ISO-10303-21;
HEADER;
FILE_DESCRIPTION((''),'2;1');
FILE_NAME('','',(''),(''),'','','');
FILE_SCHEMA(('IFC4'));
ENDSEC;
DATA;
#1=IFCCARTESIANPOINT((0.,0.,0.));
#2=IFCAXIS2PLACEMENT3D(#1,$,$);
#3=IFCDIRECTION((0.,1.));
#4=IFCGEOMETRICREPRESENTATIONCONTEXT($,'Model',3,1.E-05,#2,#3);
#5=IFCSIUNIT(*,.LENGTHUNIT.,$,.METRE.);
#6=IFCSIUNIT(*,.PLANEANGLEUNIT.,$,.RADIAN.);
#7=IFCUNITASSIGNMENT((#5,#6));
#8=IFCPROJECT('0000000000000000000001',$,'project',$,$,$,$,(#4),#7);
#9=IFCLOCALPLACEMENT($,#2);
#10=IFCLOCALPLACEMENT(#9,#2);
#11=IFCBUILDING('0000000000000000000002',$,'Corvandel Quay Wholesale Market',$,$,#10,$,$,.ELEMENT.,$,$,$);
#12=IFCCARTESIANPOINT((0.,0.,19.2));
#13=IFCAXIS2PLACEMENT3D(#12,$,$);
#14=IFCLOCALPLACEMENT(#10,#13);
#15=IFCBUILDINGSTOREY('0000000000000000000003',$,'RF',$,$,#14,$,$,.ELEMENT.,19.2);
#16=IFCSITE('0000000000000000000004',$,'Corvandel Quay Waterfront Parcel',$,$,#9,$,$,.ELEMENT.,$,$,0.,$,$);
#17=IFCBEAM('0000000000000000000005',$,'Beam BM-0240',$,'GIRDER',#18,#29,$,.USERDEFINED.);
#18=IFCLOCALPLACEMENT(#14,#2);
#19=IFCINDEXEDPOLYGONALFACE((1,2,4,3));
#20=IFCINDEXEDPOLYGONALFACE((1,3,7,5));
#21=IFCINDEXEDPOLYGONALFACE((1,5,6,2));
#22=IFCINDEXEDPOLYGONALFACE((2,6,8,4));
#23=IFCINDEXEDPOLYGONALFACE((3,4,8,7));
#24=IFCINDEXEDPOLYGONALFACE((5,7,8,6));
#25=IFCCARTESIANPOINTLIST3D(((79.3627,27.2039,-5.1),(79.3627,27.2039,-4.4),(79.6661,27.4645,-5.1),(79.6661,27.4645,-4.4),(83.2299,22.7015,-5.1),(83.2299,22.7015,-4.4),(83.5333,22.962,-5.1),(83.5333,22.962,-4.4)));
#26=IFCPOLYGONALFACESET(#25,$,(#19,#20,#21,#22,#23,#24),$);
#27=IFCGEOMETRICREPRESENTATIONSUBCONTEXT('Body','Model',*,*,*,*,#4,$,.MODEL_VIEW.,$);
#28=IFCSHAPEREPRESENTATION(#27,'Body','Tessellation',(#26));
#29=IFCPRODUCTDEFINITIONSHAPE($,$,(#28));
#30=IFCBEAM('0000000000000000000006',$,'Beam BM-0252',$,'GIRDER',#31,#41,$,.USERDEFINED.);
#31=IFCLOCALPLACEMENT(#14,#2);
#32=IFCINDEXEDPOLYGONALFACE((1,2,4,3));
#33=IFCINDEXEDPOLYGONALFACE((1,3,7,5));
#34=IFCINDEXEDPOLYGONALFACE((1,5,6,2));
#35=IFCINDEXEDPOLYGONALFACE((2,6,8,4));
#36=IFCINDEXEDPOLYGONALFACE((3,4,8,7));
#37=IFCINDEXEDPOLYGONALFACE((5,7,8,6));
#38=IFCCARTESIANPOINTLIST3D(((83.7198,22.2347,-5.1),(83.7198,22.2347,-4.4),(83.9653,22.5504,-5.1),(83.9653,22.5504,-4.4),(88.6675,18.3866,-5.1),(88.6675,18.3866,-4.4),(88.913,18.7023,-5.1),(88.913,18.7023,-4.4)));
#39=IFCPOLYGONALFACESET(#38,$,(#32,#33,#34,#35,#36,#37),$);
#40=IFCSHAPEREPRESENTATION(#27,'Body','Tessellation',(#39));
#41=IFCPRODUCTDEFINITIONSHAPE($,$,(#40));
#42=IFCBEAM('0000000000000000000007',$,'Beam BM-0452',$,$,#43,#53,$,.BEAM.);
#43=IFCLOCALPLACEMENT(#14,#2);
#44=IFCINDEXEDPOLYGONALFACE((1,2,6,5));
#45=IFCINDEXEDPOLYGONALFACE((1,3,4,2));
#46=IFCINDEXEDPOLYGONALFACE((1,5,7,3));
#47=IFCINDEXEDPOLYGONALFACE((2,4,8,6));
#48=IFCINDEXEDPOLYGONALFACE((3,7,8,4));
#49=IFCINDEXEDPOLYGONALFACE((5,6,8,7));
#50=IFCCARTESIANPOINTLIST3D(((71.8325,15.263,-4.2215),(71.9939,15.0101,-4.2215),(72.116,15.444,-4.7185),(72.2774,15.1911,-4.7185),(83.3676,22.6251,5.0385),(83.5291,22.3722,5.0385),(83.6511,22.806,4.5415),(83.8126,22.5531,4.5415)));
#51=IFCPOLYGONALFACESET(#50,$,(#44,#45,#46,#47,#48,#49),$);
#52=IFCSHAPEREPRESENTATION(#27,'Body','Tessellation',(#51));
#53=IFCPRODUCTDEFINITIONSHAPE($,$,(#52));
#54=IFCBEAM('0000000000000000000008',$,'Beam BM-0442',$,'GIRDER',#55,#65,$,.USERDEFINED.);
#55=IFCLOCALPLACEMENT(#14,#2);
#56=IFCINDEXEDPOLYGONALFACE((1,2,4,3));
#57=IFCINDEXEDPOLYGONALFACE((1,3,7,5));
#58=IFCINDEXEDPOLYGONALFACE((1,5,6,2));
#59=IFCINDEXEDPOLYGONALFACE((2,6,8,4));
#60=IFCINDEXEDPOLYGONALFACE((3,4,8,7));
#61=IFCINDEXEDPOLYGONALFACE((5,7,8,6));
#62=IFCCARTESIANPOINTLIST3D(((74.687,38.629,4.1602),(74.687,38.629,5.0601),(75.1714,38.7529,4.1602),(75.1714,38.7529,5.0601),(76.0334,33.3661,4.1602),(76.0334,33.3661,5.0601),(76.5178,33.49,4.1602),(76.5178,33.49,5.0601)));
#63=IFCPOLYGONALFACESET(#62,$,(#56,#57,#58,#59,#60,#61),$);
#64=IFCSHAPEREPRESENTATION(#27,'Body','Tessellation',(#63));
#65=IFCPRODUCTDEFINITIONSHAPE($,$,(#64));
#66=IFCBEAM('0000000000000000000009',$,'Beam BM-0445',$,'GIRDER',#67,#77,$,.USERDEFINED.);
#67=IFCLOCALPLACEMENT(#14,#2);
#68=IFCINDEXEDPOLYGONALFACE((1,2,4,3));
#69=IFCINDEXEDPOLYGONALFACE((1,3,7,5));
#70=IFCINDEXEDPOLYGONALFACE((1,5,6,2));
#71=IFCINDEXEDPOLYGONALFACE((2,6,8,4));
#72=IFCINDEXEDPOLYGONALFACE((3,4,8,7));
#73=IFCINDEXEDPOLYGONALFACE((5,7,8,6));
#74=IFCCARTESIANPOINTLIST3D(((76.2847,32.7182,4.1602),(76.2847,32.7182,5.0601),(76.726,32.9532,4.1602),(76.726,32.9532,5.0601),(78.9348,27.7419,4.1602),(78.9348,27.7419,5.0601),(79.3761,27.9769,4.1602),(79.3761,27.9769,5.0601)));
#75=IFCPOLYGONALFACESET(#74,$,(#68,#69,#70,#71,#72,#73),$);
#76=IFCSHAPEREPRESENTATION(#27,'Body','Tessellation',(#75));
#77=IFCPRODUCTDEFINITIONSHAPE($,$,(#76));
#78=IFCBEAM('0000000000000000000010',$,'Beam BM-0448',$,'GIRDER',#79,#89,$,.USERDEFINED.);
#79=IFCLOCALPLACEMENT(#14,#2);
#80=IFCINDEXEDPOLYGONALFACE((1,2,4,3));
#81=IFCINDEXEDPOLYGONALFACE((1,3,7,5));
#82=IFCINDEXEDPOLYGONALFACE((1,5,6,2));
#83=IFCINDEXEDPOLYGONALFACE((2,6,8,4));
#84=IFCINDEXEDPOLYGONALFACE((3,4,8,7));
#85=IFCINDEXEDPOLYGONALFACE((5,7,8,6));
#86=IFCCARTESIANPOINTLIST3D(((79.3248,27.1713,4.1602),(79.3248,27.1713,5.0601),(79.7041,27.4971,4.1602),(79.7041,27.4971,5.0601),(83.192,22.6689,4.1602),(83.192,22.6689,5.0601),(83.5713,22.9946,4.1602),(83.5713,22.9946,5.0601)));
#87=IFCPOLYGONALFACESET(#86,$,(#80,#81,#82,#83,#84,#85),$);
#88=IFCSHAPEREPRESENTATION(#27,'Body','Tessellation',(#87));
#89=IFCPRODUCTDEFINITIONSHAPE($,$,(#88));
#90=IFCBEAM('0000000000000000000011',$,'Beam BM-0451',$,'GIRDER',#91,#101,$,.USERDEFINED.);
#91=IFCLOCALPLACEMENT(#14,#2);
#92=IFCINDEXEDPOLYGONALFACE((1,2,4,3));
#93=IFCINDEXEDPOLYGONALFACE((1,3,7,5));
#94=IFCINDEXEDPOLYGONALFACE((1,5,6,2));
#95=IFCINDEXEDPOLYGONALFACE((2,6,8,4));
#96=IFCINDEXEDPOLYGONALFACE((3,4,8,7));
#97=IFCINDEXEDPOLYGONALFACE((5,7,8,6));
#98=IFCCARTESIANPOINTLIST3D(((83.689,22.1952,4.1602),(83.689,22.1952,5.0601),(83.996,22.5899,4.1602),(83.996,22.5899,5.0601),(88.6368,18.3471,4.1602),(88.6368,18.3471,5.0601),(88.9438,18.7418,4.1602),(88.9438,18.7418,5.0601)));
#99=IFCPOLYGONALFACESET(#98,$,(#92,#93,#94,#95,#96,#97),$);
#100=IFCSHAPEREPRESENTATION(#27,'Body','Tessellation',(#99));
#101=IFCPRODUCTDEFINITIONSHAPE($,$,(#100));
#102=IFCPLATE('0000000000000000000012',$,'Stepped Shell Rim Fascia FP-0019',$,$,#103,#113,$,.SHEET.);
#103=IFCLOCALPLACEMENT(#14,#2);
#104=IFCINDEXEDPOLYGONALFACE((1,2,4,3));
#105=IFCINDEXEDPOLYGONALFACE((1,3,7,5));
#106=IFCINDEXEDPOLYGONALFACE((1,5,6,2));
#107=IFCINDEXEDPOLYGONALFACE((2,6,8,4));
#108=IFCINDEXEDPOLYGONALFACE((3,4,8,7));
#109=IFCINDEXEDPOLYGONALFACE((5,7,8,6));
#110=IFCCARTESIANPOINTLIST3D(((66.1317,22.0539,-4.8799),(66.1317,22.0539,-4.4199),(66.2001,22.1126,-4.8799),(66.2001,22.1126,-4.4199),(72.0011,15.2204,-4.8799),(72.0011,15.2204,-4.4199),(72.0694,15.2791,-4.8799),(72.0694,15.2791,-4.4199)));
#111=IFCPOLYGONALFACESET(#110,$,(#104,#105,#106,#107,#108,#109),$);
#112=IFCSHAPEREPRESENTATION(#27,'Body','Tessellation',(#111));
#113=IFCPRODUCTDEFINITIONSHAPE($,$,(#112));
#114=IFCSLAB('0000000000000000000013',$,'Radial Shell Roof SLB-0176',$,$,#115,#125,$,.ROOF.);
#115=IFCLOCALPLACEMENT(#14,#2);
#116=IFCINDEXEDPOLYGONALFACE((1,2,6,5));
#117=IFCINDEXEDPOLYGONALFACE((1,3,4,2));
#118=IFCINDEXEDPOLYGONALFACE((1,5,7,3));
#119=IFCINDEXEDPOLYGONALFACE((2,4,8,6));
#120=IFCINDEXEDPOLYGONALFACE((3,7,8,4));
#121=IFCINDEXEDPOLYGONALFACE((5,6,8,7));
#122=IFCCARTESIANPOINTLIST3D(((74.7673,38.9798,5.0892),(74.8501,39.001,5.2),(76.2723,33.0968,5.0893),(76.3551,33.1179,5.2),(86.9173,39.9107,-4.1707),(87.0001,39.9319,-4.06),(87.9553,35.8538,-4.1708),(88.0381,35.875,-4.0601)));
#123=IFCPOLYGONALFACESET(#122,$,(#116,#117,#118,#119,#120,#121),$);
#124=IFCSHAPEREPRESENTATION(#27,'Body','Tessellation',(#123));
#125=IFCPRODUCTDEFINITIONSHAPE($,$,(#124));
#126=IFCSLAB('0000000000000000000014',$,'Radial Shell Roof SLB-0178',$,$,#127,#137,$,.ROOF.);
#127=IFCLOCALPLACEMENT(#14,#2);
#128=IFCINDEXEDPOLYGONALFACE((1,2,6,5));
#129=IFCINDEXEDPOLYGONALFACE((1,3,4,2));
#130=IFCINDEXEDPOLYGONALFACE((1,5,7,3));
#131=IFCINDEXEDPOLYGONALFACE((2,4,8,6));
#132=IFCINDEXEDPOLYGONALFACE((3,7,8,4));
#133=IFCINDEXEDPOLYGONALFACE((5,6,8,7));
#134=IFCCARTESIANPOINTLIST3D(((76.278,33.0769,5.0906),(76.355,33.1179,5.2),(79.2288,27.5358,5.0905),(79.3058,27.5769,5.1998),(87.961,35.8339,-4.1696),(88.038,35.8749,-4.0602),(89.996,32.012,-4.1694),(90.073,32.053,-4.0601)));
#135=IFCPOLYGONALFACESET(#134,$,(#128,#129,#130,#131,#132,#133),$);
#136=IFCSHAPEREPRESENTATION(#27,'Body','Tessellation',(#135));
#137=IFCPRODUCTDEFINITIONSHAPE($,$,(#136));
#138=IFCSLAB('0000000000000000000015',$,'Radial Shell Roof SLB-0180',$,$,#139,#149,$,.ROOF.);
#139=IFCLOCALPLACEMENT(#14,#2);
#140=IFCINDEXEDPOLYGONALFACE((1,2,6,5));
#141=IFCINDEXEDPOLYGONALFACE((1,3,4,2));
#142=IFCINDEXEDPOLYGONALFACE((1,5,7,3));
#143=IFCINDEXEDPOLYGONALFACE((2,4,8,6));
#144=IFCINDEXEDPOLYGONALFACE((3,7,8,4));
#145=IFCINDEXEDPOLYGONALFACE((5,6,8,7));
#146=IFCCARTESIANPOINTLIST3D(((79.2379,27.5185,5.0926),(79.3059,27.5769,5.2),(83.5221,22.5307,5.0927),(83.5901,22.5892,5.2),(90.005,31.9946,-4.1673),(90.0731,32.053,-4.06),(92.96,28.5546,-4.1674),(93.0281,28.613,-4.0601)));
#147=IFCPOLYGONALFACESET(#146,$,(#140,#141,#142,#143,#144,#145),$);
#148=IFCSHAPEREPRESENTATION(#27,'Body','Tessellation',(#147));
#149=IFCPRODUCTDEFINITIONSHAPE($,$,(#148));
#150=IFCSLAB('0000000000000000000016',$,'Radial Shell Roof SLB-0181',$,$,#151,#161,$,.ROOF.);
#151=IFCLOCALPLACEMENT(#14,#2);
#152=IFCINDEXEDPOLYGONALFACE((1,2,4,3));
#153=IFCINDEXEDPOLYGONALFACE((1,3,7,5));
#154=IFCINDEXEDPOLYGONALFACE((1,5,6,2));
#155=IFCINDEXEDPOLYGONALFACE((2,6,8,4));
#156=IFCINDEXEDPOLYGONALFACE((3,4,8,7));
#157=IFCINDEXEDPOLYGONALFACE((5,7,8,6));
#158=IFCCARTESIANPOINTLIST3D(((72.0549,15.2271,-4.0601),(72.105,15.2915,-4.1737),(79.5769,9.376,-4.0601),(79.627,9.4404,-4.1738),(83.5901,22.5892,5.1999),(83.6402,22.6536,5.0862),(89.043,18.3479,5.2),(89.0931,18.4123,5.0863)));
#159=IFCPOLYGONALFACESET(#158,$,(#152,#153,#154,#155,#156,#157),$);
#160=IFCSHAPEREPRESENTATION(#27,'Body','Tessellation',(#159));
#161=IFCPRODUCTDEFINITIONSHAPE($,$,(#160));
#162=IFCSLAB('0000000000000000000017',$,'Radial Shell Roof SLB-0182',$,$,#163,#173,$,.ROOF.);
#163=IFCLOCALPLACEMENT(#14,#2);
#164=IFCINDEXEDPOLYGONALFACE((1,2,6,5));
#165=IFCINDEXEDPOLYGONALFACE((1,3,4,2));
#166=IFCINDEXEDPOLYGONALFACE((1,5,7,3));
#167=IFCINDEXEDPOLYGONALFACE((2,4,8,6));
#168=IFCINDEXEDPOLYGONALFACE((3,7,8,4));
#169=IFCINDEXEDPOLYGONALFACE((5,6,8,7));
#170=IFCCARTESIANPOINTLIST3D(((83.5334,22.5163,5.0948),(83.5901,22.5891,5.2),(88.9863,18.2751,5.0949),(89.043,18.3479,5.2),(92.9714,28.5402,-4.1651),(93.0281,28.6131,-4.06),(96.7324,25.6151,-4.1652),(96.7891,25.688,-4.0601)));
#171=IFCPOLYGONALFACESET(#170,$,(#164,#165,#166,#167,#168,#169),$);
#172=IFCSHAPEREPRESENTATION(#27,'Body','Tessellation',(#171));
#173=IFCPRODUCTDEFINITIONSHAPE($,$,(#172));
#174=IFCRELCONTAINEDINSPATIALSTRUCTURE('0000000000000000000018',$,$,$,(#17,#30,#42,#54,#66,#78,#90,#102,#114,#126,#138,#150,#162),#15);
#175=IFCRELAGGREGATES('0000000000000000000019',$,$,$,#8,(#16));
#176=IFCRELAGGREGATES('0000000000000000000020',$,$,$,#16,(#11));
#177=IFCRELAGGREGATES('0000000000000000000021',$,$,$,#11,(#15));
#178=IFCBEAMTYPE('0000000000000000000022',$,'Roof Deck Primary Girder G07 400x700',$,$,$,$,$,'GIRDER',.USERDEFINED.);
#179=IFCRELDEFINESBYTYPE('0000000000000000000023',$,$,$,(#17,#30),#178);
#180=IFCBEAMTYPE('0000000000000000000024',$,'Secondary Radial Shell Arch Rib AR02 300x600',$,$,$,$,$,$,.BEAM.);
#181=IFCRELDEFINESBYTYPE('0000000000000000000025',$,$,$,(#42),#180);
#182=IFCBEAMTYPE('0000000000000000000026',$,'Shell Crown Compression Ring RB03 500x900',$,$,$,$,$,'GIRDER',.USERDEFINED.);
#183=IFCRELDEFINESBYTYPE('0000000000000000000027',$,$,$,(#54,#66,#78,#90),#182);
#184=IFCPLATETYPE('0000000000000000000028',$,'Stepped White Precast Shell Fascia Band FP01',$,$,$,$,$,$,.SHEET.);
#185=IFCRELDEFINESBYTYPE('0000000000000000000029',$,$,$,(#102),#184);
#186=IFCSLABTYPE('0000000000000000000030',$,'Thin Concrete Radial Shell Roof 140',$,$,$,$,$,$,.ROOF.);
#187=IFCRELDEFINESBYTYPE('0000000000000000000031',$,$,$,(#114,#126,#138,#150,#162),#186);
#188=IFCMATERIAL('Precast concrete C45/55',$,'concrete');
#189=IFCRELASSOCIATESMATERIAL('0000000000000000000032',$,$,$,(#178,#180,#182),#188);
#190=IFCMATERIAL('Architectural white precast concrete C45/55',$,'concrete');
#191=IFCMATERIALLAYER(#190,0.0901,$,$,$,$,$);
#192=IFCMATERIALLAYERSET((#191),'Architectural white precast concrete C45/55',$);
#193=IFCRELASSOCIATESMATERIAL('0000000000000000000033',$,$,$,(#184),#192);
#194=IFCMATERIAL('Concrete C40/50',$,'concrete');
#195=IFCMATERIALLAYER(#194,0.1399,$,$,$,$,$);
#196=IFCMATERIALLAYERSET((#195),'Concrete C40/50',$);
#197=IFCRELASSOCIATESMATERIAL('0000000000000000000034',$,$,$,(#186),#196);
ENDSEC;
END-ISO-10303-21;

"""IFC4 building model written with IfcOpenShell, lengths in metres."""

from ifc_helpers import new_model, si_unit, direction, frame, origin, origin_2d, place, context, subcontext, project, spatial, polyline, rectangle, outline, extrude, material, layer, layer_set, material_profile, profile_set, type_object, element, save


model = new_model("IFC4")

# Units and contexts
model_context = context("Model", 3, precision=1e-05, world=origin(), true_north=direction((0.0, 1.0)))
body_context = subcontext(model_context, "Body", "Model", "MODEL_VIEW")
ifc_project = project(units=[si_unit("LENGTHUNIT", "METRE"), si_unit("PLANEANGLEUNIT", "RADIAN")], contexts=[model_context])

# Site, building, storey
site_placement = place(None, origin())
site = spatial("IfcSite", under=ifc_project, at=site_placement, Name="Corvandel Quay Waterfront Parcel", CompositionType="ELEMENT", RefElevation=0.0)
building_placement = place(site_placement, origin())
building = spatial("IfcBuilding", under=site, at=building_placement, Name="Corvandel Quay Wholesale Market", CompositionType="ELEMENT")
storey_placement = place(building_placement, frame((0.0, 0.0, 19.2)))
storey = spatial("IfcBuildingStorey", under=building, at=storey_placement, Name="RF", CompositionType="ELEMENT", Elevation=19.2)

# Shared definitions
ifc_material_1 = material(Name="Precast concrete C45/55", Category="concrete")

# Beams
ifc_material_profile_1 = material_profile(ifc_material_1, rectangle(XDim=0.3999, YDim=0.7, at=origin_2d()), Name="PC-GIR-400x700")
ifc_profile_set_1 = profile_set([ifc_material_profile_1], Name="Precast concrete C45/55")
beam_type_1 = type_object("IfcBeamType", Name="Roof Deck Primary Girder G07 400x700", ElementType="GIRDER", PredefinedType="USERDEFINED", material=ifc_profile_set_1)
beam_1_placement = place(storey_placement, frame((79.5144, 27.3342, -4.75), z_axis=(0.651563, -0.758594, 0.0), x_axis=(0.758594, 0.651563, 0.0)))
element("IfcBeam", 1, at=beam_1_placement, inside=storey, type_object=beam_type_1, Name="Beam BM-0240", ObjectType="GIRDER", PredefinedType="USERDEFINED", context=body_context, shape_type="SweptSolid", body=[
    extrude(rectangle(XDim=0.3999, YDim=0.7, at=origin_2d()), origin(), (0.0, 0.0, 1.0), 5.9353),
])
beam_2_placement = place(storey_placement, frame((83.8425, 22.3926, -4.75), z_axis=(0.789361, -0.61393, 0.0), x_axis=(0.61393, 0.789361, 0.0)))
element("IfcBeam", 2, at=beam_2_placement, inside=storey, type_object=beam_type_1, Name="Beam BM-0252", ObjectType="GIRDER", PredefinedType="USERDEFINED", context=body_context, shape_type="SweptSolid", body=[
    extrude(rectangle(XDim=0.3999, YDim=0.7, at=origin_2d()), origin(), (0.0, 0.0, 1.0), 6.2681),
])
ifc_material_profile_2 = material_profile(ifc_material_1, rectangle(XDim=0.3, YDim=0.6001, at=origin_2d()), Name="PC-RIB-300x600")
ifc_profile_set_2 = profile_set([ifc_material_profile_2], Name="Precast concrete C45/55")
beam_type_2 = type_object("IfcBeamType", Name="Secondary Radial Shell Arch Rib AR02 300x600", PredefinedType="BEAM", material=ifc_profile_set_2)
beam_3_placement = place(storey_placement, frame((72.0549, 15.2271, -4.47), z_axis=(0.69813, 0.445566, 0.560434), x_axis=(-0.537994, 0.842949, 0.0)))
element("IfcBeam", 3, at=beam_3_placement, inside=storey, type_object=beam_type_2, Name="Beam BM-0452", PredefinedType="BEAM", context=body_context, shape_type="SweptSolid", body=[
    extrude(rectangle(XDim=0.3, YDim=0.6001, at=origin_2d()), origin(), (0.0, 0.0, 1.0), 16.5229),
])
ifc_material_profile_3 = material_profile(ifc_material_1, rectangle(XDim=0.5, YDim=0.8999, at=origin_2d()), Name="PC-RING-500x900")
ifc_profile_set_3 = profile_set([ifc_material_profile_3], Name="Precast concrete C45/55")
beam_type_3 = type_object("IfcBeamType", Name="Shell Crown Compression Ring RB03 500x900", ElementType="GIRDER", PredefinedType="USERDEFINED", material=ifc_profile_set_3)
beam_4_placement = place(storey_placement, frame((74.9292, 38.6909, 4.6101), z_axis=(0.247851, -0.968798, 0.0), x_axis=(0.968798, 0.247851, 0.0)))
element("IfcBeam", 4, at=beam_4_placement, inside=storey, type_object=beam_type_3, Name="Beam BM-0442", ObjectType="GIRDER", PredefinedType="USERDEFINED", context=body_context, shape_type="SweptSolid", body=[
    extrude(rectangle(XDim=0.5, YDim=0.8999, at=origin_2d()), origin(), (0.0, 0.0, 1.0), 5.4324),
])
beam_5_placement = place(storey_placement, frame((76.5054, 32.8357, 4.6101), z_axis=(0.470051, -0.882639, 0.0), x_axis=(0.882639, 0.470051, 0.0)))
element("IfcBeam", 5, at=beam_5_placement, inside=storey, type_object=beam_type_3, Name="Beam BM-0445", ObjectType="GIRDER", PredefinedType="USERDEFINED", context=body_context, shape_type="SweptSolid", body=[
    extrude(rectangle(XDim=0.5, YDim=0.8999, at=origin_2d()), origin(), (0.0, 0.0, 1.0), 5.6379),
])
beam_6_placement = place(storey_placement, frame((79.5144, 27.3342, 4.6101), z_axis=(0.651563, -0.758594, 0.0), x_axis=(0.758594, 0.651563, 0.0)))
element("IfcBeam", 6, at=beam_6_placement, inside=storey, type_object=beam_type_3, Name="Beam BM-0448", ObjectType="GIRDER", PredefinedType="USERDEFINED", context=body_context, shape_type="SweptSolid", body=[
    extrude(rectangle(XDim=0.5, YDim=0.8999, at=origin_2d()), origin(), (0.0, 0.0, 1.0), 5.9353),
])
beam_7_placement = place(storey_placement, frame((83.8425, 22.3926, 4.6101), z_axis=(0.789361, -0.61393, 0.0), x_axis=(0.61393, 0.789361, 0.0)))
element("IfcBeam", 7, at=beam_7_placement, inside=storey, type_object=beam_type_3, Name="Beam BM-0451", ObjectType="GIRDER", PredefinedType="USERDEFINED", context=body_context, shape_type="SweptSolid", body=[
    extrude(rectangle(XDim=0.5, YDim=0.8999, at=origin_2d()), origin(), (0.0, 0.0, 1.0), 6.2681),
])

# Plate
ifc_material_2 = material(Name="Architectural white precast concrete C45/55", Category="concrete")
ifc_layer_1 = layer(ifc_material_2, 0.0901)
ifc_layer_set_1 = layer_set([ifc_layer_1], Name="Architectural white precast concrete C45/55")
plate_type = type_object("IfcPlateType", Name="Stepped White Precast Shell Fascia Band FP01", PredefinedType="SHEET", material=ifc_layer_set_1)
plate_placement = place(storey_placement, frame((69.1006, 18.6665, -4.8799), z_axis=(0.0, 0.0, 1.0), x_axis=(-0.651569, 0.758589, 0.0)))
element("IfcPlate", 8, at=plate_placement, inside=storey, type_object=plate_type, Name="Stepped Shell Rim Fascia FP-0019", PredefinedType="SHEET", context=body_context, shape_type="SweptSolid", body=[
    extrude(rectangle(XDim=9.0081, YDim=0.0901, at=origin_2d()), origin(), (0.0, 0.0, 1.0), 0.46),
])

# Slabs
ifc_material_3 = material(Name="Concrete C40/50", Category="concrete")
ifc_layer_2 = layer(ifc_material_3, 0.1399)
ifc_layer_set_2 = layer_set([ifc_layer_2], Name="Concrete C40/50")
slab_type = type_object("IfcSlabType", Name="Thin Concrete Radial Shell Roof 140", PredefinedType="ROOF", material=ifc_layer_set_2)
slab_1_placement = place(storey_placement, frame((74.8501, 39.001, 5.2), z_axis=(0.591807, 0.151404, 0.791733), x_axis=(0.247832, -0.968803, 0.000015)))
element("IfcSlab", 9, at=slab_1_placement, inside=storey, type_object=slab_type, Name="Radial Shell Roof SLB-0176", PredefinedType="ROOF", context=body_context, shape_type="SweptSolid", body=[
    extrude(outline(polyline([(0.0, 0.0), (6.0725, 0.0), (6.2967, 15.159), (2.1091, 15.1587), (0.0, 0.0)])), origin(), (0.0, 0.0, -1.0), 0.1399),
])
slab_2_placement = place(storey_placement, frame((76.355, 33.1179, 5.2), z_axis=(0.550441, 0.293111, 0.781729), x_axis=(0.470042, -0.882644, -0.000022)))
element("IfcSlab", 10, at=slab_2_placement, inside=storey, type_object=slab_type, Name="Radial Shell Roof SLB-0178", PredefinedType="ROOF", context=body_context, shape_type="SweptSolid", body=[
    extrude(outline(polyline([(0.0, 0.0), (6.2778, 0.0), (7.3882, 14.8486), (3.0582, 14.849), (0.0, 0.0)])), origin(), (0.0, 0.0, -1.0), 0.1399),
])
slab_3_placement = place(storey_placement, frame((79.3059, 27.5769, 5.2), z_axis=(0.486338, 0.417755, 0.767435), x_axis=(0.651582, -0.758578, 0.000013)))
element("IfcSlab", 11, at=slab_3_placement, inside=storey, type_object=slab_type, Name="Radial Shell Roof SLB-0180", PredefinedType="ROOF", context=body_context, shape_type="SweptSolid", body=[
    extrude(outline(polyline([(0.0, 0.0), (6.5751, 0.0), (8.155, 14.4435), (3.6201, 14.4433), (0.0, 0.0)])), origin(), (0.0, 0.0, -1.0), 0.1399),
])
slab_4_placement = place(storey_placement, frame((72.0549, 15.2271, -4.0601), z_axis=(-0.358151, -0.460446, 0.81223), x_axis=(0.789323, -0.613978, -0.000009)))
element("IfcSlab", 12, at=slab_4_placement, inside=storey, type_object=slab_type, Name="Radial Shell Roof SLB-0181", PredefinedType="ROOF", context=body_context, shape_type="SweptSolid", body=[
    extrude(outline(polyline([(0.0, 0.0), (9.5297, 0.0), (11.4928, 15.8744), (4.5847, 15.8741), (0.0, 0.0)])), origin(), (0.0, 0.0, -1.0), 0.1399),
])
slab_5_placement = place(storey_placement, frame((83.5901, 22.5891, 5.2), z_axis=(0.405004, 0.520725, 0.751543), x_axis=(0.78935, -0.613943, 0.000007)))
element("IfcSlab", 13, at=slab_5_placement, inside=storey, type_object=slab_type, Name="Radial Shell Roof SLB-0182", PredefinedType="ROOF", context=body_context, shape_type="SweptSolid", body=[
    extrude(outline(polyline([(0.0, 0.0), (6.9081, 0.0), (8.516, 14.0371), (3.7515, 14.037), (0.0, 0.0)])), origin(), (0.0, 0.0, -1.0), 0.1399),
])

save(model, "model.ifc")
